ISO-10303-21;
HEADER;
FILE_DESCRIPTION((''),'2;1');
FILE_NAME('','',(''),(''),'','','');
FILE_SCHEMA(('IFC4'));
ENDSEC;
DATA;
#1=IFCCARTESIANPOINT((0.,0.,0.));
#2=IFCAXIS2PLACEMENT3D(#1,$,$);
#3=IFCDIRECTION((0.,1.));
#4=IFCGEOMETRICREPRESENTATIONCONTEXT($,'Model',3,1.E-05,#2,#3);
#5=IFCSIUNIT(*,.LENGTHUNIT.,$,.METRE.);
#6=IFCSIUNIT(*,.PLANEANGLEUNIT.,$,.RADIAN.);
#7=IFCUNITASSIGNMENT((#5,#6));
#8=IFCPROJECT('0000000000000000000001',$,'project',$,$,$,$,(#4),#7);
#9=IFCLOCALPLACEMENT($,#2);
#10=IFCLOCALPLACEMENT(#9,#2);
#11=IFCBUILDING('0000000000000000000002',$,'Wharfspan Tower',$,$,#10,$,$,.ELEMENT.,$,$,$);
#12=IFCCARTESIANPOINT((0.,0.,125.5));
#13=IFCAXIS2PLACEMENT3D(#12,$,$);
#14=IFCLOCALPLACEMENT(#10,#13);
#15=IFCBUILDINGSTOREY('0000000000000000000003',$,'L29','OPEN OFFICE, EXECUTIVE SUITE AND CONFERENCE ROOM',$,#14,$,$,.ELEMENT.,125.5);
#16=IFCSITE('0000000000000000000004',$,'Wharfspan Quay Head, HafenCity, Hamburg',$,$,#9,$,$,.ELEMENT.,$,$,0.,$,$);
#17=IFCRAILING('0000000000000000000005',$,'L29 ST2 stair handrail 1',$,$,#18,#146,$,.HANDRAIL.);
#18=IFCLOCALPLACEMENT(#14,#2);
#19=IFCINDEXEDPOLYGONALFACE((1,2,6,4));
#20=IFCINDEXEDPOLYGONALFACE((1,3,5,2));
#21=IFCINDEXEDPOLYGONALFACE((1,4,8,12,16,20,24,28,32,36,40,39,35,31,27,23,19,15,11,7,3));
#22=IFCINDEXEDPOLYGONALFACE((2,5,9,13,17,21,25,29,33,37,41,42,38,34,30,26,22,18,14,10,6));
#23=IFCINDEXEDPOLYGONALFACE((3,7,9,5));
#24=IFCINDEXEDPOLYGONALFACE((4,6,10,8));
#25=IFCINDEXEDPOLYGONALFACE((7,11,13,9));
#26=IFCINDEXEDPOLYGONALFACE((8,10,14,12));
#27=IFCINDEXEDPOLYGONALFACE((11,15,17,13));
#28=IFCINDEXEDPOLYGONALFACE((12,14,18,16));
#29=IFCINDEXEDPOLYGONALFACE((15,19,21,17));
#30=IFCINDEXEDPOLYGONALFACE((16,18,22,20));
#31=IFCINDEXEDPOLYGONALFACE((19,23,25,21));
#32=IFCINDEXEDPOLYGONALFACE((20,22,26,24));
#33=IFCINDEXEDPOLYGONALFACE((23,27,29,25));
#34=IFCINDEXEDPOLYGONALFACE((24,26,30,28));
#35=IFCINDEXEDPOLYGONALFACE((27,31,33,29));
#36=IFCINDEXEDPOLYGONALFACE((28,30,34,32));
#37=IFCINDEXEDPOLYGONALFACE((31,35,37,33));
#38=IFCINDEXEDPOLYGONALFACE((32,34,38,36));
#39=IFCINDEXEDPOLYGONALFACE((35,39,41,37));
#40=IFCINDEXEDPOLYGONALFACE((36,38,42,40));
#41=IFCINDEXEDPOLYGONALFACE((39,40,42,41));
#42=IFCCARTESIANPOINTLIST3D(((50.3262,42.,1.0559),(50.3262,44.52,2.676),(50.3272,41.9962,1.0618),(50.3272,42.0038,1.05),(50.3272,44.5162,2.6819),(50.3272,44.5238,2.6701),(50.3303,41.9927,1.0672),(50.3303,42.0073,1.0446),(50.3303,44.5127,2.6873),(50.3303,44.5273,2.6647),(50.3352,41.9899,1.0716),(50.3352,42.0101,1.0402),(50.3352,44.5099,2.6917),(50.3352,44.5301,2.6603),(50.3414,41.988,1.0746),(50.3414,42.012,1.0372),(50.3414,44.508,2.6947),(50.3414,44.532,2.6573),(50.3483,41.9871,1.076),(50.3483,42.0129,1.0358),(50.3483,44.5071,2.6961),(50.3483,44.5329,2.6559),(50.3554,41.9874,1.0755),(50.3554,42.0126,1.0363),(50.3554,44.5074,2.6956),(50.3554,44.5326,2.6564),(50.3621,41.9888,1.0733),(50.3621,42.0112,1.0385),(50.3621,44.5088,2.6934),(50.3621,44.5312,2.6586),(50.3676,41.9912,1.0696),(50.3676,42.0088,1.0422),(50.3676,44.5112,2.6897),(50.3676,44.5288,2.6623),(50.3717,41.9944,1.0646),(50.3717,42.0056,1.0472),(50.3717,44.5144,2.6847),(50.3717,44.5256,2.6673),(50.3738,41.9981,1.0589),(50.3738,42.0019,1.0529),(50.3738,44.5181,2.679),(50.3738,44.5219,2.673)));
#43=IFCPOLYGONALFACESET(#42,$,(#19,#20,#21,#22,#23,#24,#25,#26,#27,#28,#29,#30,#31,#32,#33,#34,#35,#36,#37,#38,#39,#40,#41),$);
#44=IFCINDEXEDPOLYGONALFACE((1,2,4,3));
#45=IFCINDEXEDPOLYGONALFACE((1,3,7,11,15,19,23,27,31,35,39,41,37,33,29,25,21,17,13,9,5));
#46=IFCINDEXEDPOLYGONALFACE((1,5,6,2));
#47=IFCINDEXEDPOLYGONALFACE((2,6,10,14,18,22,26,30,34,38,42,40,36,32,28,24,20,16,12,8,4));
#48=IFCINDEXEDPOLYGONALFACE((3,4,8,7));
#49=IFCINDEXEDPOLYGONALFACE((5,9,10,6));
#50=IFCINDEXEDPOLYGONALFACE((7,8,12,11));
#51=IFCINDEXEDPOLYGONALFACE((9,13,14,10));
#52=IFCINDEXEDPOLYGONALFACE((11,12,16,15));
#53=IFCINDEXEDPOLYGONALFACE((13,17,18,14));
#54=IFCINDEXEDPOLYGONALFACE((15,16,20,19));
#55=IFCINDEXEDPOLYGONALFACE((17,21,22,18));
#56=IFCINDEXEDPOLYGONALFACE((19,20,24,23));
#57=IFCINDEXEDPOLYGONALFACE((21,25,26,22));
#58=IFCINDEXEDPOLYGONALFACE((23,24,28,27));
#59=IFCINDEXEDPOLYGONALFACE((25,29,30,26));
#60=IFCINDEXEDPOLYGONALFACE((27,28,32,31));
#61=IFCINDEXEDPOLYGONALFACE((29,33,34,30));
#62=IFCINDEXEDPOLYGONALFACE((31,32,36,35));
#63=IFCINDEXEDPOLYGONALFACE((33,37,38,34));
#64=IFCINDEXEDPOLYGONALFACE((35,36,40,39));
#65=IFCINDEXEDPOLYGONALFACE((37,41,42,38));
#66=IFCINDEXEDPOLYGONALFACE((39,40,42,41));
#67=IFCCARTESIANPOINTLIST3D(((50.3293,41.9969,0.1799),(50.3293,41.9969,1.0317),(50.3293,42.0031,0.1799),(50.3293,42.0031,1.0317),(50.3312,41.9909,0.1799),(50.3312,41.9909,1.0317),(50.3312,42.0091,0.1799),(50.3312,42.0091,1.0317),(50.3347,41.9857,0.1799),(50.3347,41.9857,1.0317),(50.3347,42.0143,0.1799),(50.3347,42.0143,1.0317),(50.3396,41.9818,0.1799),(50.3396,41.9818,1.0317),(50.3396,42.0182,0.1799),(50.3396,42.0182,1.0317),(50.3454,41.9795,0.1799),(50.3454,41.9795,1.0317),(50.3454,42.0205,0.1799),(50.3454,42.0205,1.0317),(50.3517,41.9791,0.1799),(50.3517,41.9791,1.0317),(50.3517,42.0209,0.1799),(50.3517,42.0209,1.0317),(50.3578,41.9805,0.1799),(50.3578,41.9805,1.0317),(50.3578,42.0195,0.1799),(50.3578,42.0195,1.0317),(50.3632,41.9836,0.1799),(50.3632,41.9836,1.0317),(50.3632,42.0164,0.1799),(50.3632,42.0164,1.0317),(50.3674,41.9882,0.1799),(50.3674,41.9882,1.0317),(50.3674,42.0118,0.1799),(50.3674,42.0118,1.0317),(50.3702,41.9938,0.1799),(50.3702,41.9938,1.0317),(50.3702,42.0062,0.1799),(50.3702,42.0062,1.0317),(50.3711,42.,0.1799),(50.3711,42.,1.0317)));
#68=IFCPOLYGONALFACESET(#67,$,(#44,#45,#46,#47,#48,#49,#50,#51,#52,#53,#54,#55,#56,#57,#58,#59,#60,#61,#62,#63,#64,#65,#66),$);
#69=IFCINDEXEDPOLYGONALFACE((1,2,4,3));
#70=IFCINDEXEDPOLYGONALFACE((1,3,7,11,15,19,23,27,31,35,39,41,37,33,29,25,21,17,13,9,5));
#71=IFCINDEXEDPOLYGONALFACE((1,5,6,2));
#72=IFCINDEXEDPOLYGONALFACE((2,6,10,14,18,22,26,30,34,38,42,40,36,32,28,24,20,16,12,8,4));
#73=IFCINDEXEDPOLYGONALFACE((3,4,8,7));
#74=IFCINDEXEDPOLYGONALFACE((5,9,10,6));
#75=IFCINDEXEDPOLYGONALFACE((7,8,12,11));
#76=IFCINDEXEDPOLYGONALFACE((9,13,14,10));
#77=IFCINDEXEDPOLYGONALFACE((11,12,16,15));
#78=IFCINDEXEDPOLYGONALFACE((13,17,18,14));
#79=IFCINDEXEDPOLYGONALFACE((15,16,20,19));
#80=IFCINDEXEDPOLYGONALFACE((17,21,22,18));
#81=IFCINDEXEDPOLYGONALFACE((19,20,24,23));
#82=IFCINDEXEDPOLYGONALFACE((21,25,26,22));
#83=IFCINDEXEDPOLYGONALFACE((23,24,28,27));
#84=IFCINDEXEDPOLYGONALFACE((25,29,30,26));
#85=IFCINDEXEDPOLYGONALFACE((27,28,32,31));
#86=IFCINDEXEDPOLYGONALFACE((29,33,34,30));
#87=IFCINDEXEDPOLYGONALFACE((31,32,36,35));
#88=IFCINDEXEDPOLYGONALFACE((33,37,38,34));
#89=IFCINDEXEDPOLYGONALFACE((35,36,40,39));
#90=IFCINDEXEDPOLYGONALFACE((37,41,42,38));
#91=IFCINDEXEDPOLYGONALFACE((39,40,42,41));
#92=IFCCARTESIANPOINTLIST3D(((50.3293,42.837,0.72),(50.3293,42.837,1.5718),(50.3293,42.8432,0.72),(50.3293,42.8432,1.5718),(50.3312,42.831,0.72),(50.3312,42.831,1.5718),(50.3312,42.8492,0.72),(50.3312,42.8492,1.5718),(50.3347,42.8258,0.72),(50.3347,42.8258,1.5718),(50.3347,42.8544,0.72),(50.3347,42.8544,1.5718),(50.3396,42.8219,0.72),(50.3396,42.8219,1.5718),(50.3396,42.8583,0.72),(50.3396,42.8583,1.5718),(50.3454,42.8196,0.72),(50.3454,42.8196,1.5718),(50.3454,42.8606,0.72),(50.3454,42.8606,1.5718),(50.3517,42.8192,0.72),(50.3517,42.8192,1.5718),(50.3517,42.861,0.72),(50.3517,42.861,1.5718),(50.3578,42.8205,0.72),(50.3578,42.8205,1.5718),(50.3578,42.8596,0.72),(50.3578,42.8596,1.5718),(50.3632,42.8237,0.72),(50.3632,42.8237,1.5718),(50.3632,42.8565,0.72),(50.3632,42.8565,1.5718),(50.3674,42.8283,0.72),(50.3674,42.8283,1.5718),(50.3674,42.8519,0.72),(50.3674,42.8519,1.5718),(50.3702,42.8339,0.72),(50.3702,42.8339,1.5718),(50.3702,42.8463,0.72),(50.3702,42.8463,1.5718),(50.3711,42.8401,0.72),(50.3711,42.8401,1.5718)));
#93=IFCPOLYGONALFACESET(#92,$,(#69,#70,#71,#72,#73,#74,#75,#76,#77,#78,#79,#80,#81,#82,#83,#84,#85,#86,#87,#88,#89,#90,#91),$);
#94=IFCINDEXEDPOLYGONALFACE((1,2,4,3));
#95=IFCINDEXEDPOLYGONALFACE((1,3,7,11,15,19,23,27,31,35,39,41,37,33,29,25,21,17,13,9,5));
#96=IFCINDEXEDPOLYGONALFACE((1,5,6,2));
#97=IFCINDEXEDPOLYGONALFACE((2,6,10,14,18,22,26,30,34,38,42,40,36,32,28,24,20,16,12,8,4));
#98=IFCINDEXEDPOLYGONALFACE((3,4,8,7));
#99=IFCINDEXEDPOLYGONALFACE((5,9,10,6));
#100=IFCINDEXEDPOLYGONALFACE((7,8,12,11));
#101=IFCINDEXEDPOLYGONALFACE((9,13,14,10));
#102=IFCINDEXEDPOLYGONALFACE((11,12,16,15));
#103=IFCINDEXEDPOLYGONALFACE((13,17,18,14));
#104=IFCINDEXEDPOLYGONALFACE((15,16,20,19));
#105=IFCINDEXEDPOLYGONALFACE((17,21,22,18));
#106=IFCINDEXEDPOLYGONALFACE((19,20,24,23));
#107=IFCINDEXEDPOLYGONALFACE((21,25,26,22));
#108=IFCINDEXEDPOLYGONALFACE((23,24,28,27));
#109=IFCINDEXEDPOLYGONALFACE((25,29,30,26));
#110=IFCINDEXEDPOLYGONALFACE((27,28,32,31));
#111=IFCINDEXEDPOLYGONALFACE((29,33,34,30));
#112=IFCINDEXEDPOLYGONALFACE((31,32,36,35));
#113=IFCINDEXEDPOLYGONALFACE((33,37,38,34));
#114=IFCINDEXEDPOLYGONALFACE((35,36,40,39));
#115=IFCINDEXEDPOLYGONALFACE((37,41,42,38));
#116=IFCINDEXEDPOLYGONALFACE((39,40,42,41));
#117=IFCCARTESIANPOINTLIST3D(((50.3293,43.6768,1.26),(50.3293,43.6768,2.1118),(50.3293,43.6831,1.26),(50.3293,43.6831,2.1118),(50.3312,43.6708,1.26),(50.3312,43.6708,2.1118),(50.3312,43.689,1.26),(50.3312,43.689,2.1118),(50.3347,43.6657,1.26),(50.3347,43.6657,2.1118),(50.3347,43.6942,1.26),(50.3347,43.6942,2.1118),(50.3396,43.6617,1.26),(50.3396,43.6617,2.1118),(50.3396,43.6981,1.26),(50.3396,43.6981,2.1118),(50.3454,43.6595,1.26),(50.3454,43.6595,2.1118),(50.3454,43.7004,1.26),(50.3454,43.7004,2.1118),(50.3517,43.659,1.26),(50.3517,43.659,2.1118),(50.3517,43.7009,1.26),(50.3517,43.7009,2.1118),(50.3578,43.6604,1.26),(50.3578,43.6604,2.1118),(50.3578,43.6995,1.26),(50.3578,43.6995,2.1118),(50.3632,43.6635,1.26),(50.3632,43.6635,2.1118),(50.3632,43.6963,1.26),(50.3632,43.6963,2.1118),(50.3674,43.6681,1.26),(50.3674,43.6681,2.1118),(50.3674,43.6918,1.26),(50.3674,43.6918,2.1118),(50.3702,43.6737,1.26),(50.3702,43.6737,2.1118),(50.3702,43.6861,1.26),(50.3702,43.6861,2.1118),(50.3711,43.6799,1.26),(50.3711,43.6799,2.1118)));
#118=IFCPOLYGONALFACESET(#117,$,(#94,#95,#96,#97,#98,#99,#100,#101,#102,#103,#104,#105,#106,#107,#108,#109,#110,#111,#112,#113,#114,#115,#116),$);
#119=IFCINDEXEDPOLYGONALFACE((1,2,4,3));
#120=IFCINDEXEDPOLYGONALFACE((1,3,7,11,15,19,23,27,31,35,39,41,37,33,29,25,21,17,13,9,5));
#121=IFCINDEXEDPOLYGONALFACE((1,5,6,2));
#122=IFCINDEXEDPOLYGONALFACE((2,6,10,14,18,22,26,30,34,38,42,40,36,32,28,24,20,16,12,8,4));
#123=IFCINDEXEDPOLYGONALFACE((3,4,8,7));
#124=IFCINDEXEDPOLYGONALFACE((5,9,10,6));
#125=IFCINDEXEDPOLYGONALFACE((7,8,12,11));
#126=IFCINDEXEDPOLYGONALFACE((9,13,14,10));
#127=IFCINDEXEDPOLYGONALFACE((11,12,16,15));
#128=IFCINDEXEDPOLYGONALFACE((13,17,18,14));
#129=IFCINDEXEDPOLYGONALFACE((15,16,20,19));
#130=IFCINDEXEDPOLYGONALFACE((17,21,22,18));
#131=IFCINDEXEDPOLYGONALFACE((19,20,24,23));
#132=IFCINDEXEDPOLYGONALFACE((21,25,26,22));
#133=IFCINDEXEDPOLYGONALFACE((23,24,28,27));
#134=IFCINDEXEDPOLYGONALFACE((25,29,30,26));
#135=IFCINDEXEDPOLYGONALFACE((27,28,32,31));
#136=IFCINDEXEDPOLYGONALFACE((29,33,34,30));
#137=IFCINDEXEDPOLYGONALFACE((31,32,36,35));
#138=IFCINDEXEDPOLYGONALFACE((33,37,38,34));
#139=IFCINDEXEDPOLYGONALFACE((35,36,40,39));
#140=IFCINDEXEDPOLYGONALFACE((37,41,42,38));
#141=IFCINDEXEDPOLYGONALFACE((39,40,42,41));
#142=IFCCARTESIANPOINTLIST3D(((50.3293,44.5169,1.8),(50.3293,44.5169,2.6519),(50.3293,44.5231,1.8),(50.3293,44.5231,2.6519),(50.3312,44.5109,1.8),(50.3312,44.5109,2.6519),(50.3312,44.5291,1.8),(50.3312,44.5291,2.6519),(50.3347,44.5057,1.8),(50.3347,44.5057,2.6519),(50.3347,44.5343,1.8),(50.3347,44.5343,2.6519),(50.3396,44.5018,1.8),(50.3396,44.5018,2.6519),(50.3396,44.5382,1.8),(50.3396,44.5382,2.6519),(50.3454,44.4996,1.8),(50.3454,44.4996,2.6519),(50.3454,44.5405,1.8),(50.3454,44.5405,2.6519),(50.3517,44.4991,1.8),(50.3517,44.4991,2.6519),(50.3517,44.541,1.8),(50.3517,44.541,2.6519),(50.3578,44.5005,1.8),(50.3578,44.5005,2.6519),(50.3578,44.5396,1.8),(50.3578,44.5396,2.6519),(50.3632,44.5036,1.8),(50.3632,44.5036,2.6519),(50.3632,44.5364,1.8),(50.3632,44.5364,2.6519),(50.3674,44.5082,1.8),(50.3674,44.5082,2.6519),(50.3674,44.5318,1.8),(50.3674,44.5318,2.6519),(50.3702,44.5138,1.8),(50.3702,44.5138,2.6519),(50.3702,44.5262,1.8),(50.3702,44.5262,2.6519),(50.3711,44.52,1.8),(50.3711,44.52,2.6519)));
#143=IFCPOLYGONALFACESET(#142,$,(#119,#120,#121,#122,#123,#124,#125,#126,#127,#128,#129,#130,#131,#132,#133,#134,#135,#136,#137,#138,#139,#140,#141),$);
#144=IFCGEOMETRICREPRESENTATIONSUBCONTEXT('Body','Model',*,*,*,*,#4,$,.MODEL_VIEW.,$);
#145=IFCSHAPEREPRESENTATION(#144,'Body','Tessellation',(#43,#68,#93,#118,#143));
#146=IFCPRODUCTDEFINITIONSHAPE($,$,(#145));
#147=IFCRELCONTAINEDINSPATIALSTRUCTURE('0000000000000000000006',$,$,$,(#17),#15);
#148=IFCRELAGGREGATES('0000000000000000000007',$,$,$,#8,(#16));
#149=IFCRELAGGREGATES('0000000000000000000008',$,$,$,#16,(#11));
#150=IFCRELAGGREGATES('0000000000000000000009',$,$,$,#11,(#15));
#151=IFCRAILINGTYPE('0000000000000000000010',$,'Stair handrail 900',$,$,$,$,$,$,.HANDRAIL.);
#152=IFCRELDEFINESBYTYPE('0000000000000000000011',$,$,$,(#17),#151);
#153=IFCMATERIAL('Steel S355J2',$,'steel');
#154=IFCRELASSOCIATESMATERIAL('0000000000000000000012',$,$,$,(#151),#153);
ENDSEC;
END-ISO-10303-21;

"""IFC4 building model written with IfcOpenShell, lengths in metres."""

from ifc_helpers import new_model, si_unit, direction, frame, origin, origin_2d, place, context, subcontext, project, spatial, circle, extrude, material, type_object, element, save


model = new_model("IFC4")

# Units and contexts
model_context = context("Model", 3, precision=1e-05, world=origin(), true_north=direction((0.0, 1.0)))
body_context = subcontext(model_context, "Body", "Model", "MODEL_VIEW")
ifc_project = project(units=[si_unit("LENGTHUNIT", "METRE"), si_unit("PLANEANGLEUNIT", "RADIAN")], contexts=[model_context])

# Site, building, storey
site_placement = place(None, origin())
site = spatial("IfcSite", under=ifc_project, at=site_placement, Name="Wharfspan Quay Head, HafenCity, Hamburg", CompositionType="ELEMENT", RefElevation=0.0)
building_placement = place(site_placement, origin())
building = spatial("IfcBuilding", under=site, at=building_placement, Name="Wharfspan Tower", CompositionType="ELEMENT")
storey_placement = place(building_placement, frame((0.0, 0.0, 125.5)))
storey = spatial("IfcBuildingStorey", under=building, at=storey_placement, Name="L29", Description="OPEN OFFICE, EXECUTIVE SUITE AND CONFERENCE ROOM", CompositionType="ELEMENT", Elevation=125.5)

# Shared definitions
ifc_material_1 = material(Name="Steel S355J2", Category="steel")

# Railing
railing_type_1 = type_object("IfcRailingType", Name="Stair handrail 900", PredefinedType="HANDRAIL", material=ifc_material_1)
railing_1_placement = place(storey_placement, frame((50.3501, 42.0, 0.1799)))
element("IfcRailing", 1, at=railing_1_placement, inside=storey, type_object=railing_type_1, Name="L29 ST2 stair handrail 1", PredefinedType="HANDRAIL", context=body_context, shape_type="SweptSolid", body=[
    extrude(circle(Radius=0.0239, at=origin_2d()), frame((0.0, 0.0, 0.876), z_axis=(0.0, 0.841163, 0.540782), x_axis=(-1.0, 0.0, 0.0)), (0.0, 0.0, 1.0), 2.9958),
    extrude(circle(Radius=0.021, at=origin_2d()), origin(), (0.0, 0.0, 1.0), 0.8518),
    extrude(circle(Radius=0.021, at=origin_2d()), frame((0.0, 0.8401, 0.54)), (0.0, 0.0, 1.0), 0.8518),
    extrude(circle(Radius=0.021, at=origin_2d()), frame((0.0, 1.6799, 1.0801)), (0.0, 0.0, 1.0), 0.8518),
    extrude(circle(Radius=0.021, at=origin_2d()), frame((0.0, 2.52, 1.6201)), (0.0, 0.0, 1.0), 0.8518),
])

save(model, "model.ifc")
